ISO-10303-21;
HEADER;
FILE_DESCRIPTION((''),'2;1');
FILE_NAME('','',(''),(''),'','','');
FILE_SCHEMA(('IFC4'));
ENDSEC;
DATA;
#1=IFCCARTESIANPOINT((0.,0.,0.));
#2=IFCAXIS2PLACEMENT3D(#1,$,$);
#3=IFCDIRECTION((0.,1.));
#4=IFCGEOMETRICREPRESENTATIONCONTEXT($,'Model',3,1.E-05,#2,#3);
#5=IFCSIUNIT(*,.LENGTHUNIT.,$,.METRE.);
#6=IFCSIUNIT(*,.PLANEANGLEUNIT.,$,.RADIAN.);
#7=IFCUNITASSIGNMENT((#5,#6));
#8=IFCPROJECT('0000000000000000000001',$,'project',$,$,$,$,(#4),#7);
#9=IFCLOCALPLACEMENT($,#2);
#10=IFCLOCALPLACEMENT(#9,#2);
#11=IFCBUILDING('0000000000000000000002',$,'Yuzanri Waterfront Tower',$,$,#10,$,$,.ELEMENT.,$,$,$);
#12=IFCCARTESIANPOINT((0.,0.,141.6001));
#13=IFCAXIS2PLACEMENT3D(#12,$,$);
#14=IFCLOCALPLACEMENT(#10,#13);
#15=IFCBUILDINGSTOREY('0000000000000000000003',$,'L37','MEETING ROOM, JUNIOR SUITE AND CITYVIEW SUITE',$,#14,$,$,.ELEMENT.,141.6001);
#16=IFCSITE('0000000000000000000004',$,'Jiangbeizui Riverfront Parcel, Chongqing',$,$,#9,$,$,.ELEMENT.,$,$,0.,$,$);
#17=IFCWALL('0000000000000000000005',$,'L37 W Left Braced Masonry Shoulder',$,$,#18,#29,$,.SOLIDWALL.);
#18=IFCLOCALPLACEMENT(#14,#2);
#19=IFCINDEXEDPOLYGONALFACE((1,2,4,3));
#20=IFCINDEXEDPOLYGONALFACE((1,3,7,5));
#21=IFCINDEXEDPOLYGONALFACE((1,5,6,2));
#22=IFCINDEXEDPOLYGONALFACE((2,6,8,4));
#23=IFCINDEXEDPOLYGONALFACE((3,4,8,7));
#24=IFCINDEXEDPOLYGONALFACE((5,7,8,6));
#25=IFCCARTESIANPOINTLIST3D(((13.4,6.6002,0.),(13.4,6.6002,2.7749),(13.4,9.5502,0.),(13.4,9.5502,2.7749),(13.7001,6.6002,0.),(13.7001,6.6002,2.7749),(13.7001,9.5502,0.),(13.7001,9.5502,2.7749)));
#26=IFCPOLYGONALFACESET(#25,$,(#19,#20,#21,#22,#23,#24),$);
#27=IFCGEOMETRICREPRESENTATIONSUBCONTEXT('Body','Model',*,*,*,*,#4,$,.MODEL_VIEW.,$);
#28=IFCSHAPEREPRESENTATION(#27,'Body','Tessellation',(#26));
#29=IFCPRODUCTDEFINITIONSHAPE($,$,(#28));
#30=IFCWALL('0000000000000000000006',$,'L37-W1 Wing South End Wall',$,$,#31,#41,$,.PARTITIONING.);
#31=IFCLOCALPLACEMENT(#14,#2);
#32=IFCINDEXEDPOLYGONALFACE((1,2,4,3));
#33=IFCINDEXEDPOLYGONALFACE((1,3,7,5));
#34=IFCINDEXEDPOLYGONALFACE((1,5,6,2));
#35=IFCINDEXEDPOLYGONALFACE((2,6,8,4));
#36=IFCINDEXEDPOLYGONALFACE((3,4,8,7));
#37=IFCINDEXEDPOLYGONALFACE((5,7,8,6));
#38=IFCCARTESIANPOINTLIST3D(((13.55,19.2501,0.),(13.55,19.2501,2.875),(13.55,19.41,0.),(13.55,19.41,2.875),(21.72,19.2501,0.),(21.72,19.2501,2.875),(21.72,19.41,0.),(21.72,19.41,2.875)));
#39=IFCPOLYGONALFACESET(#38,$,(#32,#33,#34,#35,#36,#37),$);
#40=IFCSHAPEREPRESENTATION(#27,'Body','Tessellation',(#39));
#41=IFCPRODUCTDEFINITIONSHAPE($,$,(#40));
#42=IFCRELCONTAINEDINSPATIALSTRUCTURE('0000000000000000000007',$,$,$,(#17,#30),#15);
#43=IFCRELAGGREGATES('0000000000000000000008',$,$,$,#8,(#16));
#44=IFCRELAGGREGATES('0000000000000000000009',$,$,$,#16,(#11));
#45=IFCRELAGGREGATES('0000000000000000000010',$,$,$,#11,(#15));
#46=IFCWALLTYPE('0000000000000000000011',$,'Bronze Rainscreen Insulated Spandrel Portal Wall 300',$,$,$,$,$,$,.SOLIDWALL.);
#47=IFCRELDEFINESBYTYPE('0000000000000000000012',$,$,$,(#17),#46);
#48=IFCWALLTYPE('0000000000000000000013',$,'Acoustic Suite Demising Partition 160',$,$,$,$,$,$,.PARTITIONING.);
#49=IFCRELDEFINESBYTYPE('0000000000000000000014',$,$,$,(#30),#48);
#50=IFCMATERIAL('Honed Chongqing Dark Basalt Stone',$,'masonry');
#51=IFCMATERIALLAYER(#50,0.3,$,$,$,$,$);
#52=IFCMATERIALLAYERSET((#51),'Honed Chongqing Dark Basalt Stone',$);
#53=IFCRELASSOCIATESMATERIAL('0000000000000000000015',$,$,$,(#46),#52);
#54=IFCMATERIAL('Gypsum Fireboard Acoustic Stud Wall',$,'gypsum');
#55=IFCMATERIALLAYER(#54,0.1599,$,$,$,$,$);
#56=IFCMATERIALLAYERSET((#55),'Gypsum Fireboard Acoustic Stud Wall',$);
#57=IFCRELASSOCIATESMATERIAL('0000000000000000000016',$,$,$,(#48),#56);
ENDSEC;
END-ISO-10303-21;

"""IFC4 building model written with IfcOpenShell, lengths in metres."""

from ifc_helpers import new_model, si_unit, direction, frame, frame_2d, origin, place, context, subcontext, project, spatial, rectangle, extrude, source, transform, mapped, material, layer, layer_set, type_object, element, save


model = new_model("IFC4")

# Units and contexts
model_context = context("Model", 3, precision=1e-05, world=origin(), true_north=direction((0.0, 1.0)))
body_context = subcontext(model_context, "Body", "Model", "MODEL_VIEW")
ifc_project = project(units=[si_unit("LENGTHUNIT", "METRE"), si_unit("PLANEANGLEUNIT", "RADIAN")], contexts=[model_context])

# Site, building, storey
site_placement = place(None, origin())
site = spatial("IfcSite", under=ifc_project, at=site_placement, Name="Jiangbeizui Riverfront Parcel, Chongqing", CompositionType="ELEMENT", RefElevation=0.0)
building_placement = place(site_placement, origin())
building = spatial("IfcBuilding", under=site, at=building_placement, Name="Yuzanri Waterfront Tower", CompositionType="ELEMENT")
storey_placement = place(building_placement, frame((0.0, 0.0, 141.6001)))
storey = spatial("IfcBuildingStorey", under=building, at=storey_placement, Name="L37", Description="MEETING ROOM, JUNIOR SUITE AND CITYVIEW SUITE", CompositionType="ELEMENT", Elevation=141.6001)

# Walls
ifc_material_1 = material(Name="Honed Chongqing Dark Basalt Stone", Category="masonry")
ifc_layer_1 = layer(ifc_material_1, 0.3)
ifc_layer_set_1 = layer_set([ifc_layer_1], Name="Honed Chongqing Dark Basalt Stone")
wall_type_1 = type_object("IfcWallType", Name="Bronze Rainscreen Insulated Spandrel Portal Wall 300", PredefinedType="SOLIDWALL", material=ifc_layer_set_1)
shared_shape_1 = source(origin(), body_context, "Body", "SweptSolid", [
    extrude(rectangle(XDim=2.95, YDim=0.3, at=frame_2d((1.4751, 0.0))), origin(), (0.0, 0.0, 1.0), 2.7749),
])
wall_1_placement = place(storey_placement, frame((13.55, 6.6001, 0.0), z_axis=(0.0, 0.0, 1.0), x_axis=(0.0, 1.0, 0.0)))
element("IfcWall", 1, at=wall_1_placement, inside=storey, type_object=wall_type_1, Name="L37 W Left Braced Masonry Shoulder", PredefinedType="SOLIDWALL", context=body_context, shape_type="MappedRepresentation", body=[
    mapped(shared_shape_1, transform((0.0, 0.0, 0.0), scale=1.0)),
])
ifc_material_2 = material(Name="Gypsum Fireboard Acoustic Stud Wall", Category="gypsum")
ifc_layer_2 = layer(ifc_material_2, 0.1599)
ifc_layer_set_2 = layer_set([ifc_layer_2], Name="Gypsum Fireboard Acoustic Stud Wall")
wall_type_2 = type_object("IfcWallType", Name="Acoustic Suite Demising Partition 160", PredefinedType="PARTITIONING", material=ifc_layer_set_2)
shared_shape_2 = source(origin(), body_context, "Body", "SweptSolid", [
    extrude(rectangle(XDim=8.1699, YDim=0.1599, at=frame_2d((4.085, 0.0))), origin(), (0.0, 0.0, 1.0), 2.875),
])
wall_2_placement = place(storey_placement, frame((13.55, 19.3301, 0.0), z_axis=(0.0, 0.0, 1.0), x_axis=(1.0, 0.0, 0.0)))
element("IfcWall", 2, at=wall_2_placement, inside=storey, type_object=wall_type_2, Name="L37-W1 Wing South End Wall", PredefinedType="PARTITIONING", context=body_context, shape_type="MappedRepresentation", body=[
    mapped(shared_shape_2, transform((0.0, 0.0, 0.0), scale=1.0)),
])

save(model, "model.ifc")
